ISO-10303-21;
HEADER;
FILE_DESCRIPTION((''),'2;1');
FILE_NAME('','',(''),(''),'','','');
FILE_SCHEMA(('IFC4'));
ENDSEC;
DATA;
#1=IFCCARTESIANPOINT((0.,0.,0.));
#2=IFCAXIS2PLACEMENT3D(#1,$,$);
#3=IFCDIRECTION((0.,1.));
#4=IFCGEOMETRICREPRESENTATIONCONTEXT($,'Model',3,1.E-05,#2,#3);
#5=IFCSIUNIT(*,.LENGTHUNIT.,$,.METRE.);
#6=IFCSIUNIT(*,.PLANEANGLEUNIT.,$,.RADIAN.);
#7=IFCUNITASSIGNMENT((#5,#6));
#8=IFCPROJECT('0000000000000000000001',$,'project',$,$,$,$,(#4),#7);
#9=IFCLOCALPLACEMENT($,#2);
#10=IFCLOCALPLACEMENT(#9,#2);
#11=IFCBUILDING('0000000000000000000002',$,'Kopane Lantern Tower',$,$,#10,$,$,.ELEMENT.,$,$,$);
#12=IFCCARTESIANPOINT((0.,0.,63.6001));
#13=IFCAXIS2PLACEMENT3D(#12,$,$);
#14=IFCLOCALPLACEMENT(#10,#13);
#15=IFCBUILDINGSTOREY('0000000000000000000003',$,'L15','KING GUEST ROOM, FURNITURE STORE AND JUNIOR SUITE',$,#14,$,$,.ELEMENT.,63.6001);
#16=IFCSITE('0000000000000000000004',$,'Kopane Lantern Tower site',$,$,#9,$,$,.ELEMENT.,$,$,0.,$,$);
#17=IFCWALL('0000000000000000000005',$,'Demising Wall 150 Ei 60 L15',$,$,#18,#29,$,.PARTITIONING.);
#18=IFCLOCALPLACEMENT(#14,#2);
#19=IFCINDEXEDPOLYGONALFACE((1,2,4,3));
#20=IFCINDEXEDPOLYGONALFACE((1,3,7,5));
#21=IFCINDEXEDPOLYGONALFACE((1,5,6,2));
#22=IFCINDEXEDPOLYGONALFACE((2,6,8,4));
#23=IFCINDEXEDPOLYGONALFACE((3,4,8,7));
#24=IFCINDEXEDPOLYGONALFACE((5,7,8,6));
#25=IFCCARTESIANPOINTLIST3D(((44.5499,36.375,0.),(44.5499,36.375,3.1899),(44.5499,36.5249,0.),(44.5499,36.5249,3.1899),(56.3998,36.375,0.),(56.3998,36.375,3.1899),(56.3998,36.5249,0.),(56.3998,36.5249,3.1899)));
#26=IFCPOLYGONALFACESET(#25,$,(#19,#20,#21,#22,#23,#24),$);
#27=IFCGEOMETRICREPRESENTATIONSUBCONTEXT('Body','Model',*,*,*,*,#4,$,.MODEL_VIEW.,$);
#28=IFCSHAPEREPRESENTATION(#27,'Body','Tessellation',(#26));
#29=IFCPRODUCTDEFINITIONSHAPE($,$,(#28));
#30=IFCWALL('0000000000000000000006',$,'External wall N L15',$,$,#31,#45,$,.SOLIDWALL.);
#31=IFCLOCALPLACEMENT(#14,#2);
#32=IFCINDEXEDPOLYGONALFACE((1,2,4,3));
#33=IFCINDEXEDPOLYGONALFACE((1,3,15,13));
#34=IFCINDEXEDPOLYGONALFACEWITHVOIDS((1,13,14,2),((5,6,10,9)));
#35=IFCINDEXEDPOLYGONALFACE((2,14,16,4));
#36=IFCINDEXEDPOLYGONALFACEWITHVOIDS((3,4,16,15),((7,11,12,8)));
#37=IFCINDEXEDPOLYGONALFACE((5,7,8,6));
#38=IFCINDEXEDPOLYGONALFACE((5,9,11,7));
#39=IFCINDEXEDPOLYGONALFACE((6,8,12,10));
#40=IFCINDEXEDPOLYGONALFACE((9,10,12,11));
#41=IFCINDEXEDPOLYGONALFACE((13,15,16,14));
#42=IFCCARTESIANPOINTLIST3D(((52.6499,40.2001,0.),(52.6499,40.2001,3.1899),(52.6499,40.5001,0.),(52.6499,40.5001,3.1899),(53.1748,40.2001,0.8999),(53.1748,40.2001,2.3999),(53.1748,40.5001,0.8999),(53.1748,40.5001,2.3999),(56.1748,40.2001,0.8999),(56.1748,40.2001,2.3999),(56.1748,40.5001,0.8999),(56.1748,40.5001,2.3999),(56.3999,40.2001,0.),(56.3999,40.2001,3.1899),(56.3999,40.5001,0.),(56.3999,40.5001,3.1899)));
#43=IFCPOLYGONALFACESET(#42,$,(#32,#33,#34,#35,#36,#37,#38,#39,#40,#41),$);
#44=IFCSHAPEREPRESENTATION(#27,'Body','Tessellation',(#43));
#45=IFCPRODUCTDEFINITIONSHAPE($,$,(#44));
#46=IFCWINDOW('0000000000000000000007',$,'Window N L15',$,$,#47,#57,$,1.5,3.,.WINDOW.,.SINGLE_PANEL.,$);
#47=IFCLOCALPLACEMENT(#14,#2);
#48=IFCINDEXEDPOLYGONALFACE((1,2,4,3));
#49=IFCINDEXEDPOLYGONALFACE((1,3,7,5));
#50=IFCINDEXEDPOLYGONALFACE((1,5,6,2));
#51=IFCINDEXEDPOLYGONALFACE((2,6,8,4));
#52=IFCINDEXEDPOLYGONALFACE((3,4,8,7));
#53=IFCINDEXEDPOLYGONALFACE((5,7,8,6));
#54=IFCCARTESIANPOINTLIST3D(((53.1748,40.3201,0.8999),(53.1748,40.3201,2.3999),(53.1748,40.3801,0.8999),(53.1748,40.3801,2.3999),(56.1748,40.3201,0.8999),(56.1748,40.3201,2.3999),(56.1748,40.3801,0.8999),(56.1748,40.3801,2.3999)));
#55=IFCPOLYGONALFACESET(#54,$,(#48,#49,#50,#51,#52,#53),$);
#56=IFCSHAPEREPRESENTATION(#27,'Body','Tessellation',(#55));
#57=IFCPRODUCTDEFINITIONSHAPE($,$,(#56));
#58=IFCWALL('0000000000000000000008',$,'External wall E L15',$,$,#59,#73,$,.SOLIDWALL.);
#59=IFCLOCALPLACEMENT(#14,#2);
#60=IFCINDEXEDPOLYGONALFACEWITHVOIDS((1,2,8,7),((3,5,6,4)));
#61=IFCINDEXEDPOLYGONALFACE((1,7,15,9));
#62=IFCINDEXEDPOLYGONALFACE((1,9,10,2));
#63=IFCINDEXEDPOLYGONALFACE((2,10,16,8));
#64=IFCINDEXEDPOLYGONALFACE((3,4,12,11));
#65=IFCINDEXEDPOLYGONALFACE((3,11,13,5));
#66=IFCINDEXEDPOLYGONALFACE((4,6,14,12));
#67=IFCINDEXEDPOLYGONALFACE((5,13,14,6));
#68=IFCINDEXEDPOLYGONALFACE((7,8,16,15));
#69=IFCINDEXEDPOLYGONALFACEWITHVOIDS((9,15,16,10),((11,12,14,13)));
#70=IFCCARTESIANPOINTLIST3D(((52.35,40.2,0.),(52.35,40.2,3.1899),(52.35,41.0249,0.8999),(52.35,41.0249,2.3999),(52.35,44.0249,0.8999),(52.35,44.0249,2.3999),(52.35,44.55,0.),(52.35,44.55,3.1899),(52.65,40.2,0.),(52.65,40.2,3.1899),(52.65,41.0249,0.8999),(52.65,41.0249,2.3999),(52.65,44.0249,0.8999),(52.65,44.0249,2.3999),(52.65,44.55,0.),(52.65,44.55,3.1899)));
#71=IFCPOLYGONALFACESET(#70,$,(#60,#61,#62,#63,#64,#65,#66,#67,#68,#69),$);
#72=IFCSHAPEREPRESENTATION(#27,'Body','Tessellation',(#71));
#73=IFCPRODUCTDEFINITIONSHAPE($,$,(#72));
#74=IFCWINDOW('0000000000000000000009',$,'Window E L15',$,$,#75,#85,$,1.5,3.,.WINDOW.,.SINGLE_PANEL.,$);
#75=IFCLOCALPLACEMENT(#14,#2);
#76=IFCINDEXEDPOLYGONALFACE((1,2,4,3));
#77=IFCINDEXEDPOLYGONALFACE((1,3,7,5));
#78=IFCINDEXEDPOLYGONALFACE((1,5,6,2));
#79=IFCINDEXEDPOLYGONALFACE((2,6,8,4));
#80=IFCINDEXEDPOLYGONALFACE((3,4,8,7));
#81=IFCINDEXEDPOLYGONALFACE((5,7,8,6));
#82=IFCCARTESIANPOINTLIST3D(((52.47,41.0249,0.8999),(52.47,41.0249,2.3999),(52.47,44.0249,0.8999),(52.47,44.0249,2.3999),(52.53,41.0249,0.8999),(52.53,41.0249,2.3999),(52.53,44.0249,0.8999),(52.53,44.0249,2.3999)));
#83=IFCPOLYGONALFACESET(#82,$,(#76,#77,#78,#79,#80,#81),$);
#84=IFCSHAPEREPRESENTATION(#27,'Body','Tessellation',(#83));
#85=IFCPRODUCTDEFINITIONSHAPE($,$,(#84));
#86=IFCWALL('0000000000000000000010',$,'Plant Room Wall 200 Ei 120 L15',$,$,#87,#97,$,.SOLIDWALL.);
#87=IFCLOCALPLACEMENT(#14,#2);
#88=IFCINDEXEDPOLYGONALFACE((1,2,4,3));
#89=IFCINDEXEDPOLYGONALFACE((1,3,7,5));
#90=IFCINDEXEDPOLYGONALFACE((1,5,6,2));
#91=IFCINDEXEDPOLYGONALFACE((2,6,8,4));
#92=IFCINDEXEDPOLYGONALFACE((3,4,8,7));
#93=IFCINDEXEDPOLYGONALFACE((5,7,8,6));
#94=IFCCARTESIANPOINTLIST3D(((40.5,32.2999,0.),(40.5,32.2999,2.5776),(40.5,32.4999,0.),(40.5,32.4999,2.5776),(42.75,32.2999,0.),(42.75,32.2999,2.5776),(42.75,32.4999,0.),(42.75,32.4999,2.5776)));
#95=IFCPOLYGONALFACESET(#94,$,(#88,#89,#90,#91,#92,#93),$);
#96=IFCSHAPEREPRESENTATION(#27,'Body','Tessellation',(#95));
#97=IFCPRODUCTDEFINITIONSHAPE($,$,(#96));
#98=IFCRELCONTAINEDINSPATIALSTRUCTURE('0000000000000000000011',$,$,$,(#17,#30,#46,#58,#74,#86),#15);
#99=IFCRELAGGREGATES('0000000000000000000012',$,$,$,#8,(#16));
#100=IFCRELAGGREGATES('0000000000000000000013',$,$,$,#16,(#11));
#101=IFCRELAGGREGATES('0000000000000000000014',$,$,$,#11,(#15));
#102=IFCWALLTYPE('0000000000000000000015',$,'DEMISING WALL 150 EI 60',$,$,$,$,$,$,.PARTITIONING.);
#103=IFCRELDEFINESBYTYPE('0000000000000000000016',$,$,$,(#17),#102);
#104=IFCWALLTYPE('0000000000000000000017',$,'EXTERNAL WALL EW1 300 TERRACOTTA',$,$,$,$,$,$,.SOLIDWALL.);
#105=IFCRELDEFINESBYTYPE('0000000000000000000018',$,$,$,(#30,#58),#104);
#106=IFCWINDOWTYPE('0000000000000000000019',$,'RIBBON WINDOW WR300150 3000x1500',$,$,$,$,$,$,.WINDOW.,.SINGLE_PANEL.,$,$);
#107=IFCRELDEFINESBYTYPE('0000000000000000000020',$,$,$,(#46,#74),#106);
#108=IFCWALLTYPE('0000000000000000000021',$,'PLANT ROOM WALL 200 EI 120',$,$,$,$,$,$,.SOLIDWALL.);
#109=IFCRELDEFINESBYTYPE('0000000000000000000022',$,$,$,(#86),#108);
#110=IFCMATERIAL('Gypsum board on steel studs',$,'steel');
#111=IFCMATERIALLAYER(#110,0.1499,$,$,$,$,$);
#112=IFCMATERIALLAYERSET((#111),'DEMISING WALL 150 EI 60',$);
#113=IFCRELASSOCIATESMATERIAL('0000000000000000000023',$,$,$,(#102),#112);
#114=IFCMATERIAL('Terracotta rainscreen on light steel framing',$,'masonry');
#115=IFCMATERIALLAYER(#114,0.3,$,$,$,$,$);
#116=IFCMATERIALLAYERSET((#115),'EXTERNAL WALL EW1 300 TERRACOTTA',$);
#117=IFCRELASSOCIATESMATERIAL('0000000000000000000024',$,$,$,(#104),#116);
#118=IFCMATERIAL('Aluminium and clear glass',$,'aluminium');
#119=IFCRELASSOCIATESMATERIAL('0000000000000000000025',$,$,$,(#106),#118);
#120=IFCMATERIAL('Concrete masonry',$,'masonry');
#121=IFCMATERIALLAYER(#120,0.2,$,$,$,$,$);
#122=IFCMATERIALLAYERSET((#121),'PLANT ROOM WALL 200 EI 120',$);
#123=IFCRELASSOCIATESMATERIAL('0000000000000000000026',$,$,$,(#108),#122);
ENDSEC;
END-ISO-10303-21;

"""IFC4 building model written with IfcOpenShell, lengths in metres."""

from ifc_helpers import new_model, si_unit, direction, frame, frame_2d, origin, place, context, subcontext, project, spatial, rectangle, extrude, material, layer, layer_set, type_object, element, fill, save


model = new_model("IFC4")

# Units and contexts
model_context = context("Model", 3, precision=1e-05, world=origin(), true_north=direction((0.0, 1.0)))
body_context = subcontext(model_context, "Body", "Model", "MODEL_VIEW")
ifc_project = project(units=[si_unit("LENGTHUNIT", "METRE"), si_unit("PLANEANGLEUNIT", "RADIAN")], contexts=[model_context])

# Site, building, storey
site_placement = place(None, origin())
site = spatial("IfcSite", under=ifc_project, at=site_placement, Name="Kopane Lantern Tower site", CompositionType="ELEMENT", RefElevation=0.0)
building_placement = place(site_placement, origin())
building = spatial("IfcBuilding", under=site, at=building_placement, Name="Kopane Lantern Tower", CompositionType="ELEMENT")
storey_placement = place(building_placement, frame((0.0, 0.0, 63.6001)))
storey = spatial("IfcBuildingStorey", under=building, at=storey_placement, Name="L15", Description="KING GUEST ROOM, FURNITURE STORE AND JUNIOR SUITE", CompositionType="ELEMENT", Elevation=63.6001)

# Wall
ifc_material_1 = material(Name="Gypsum board on steel studs", Category="steel")
ifc_layer_1 = layer(ifc_material_1, 0.1499)
ifc_layer_set_1 = layer_set([ifc_layer_1], Name="DEMISING WALL 150 EI 60")
wall_type_1 = type_object("IfcWallType", Name="DEMISING WALL 150 EI 60", PredefinedType="PARTITIONING", material=ifc_layer_set_1)
for number, where, z_axis, x_axis, name in (
    (1, (44.55, 36.45, 0.0), (0.0, 0.0, 1.0), (1.0, 0.0, 0.0), "Demising Wall 150 Ei 60 L15"),
):
    element("IfcWall", number, at=place(storey_placement, frame(where, z_axis=z_axis, x_axis=x_axis)), inside=storey, type_object=wall_type_1, Name=name, PredefinedType="PARTITIONING", context=body_context, shape_type="SweptSolid", body=[
        extrude(rectangle(XDim=11.8499, YDim=0.1499, at=frame_2d((5.9248, 0.0))), origin(), (0.0, 0.0, 1.0), 3.1899),
    ])

# Walls, openings, windows
ifc_material_2 = material(Name="Terracotta rainscreen on light steel framing", Category="masonry")
ifc_layer_2 = layer(ifc_material_2, 0.3)
ifc_layer_set_2 = layer_set([ifc_layer_2], Name="EXTERNAL WALL EW1 300 TERRACOTTA")
wall_type_2 = type_object("IfcWallType", Name="EXTERNAL WALL EW1 300 TERRACOTTA", PredefinedType="SOLIDWALL", material=ifc_layer_set_2)
wall_1_placement = place(storey_placement, frame((56.3999, 40.3501, 0.0), z_axis=(0.0, 0.0, 1.0), x_axis=(-1.0, 0.0, 0.0)))
wall_1 = element("IfcWall", 2, at=wall_1_placement, inside=storey, type_object=wall_type_2, Name="External wall N L15", PredefinedType="SOLIDWALL", context=body_context, shape_type="SweptSolid", body=[
    extrude(rectangle(XDim=3.75, YDim=0.3, at=frame_2d((1.875, 0.0))), origin(), (0.0, 0.0, 1.0), 3.1899),
])
opening_1_placement = place(wall_1_placement, frame((0.2251, 0.0, 0.8999)))
opening_1 = element("IfcOpeningElement", 3, at=opening_1_placement, cuts=wall_1, PredefinedType="OPENING", context=body_context, shape_type="SweptSolid", body=[
    extrude(rectangle(XDim=3.0, YDim=1.5, at=frame_2d((1.5, 0.75))), frame((0.0, 0.1599, 0.0), z_axis=(0.0, -1.0, 0.0), x_axis=(1.0, 0.0, 0.0)), (0.0, 0.0, 1.0), 0.3201),
])
ifc_material_3 = material(Name="Aluminium and clear glass", Category="aluminium")
window_type = type_object("IfcWindowType", Name="RIBBON WINDOW WR300150 3000x1500", PartitioningType="SINGLE_PANEL", PredefinedType="WINDOW", material=ifc_material_3)
window_1_placement = place(opening_1_placement, origin())
window_1 = element("IfcWindow", 4, at=window_1_placement, inside=storey, type_object=window_type, Name="Window N L15", OverallHeight=1.5, OverallWidth=3.0, PartitioningType="SINGLE_PANEL", PredefinedType="WINDOW", context=body_context, shape_type="SweptSolid", body=[
    extrude(rectangle(XDim=3.0, YDim=1.5, at=frame_2d((1.5, 0.75))), frame((0.0, 0.03, 0.0), z_axis=(0.0, -1.0, 0.0), x_axis=(1.0, 0.0, 0.0)), (0.0, 0.0, 1.0), 0.0601),
])
fill(opening_1, window_1)
wall_2_placement = place(storey_placement, frame((52.5, 40.2, 0.0), z_axis=(0.0, 0.0, 1.0), x_axis=(0.0, 1.0, 0.0)))
wall_2 = element("IfcWall", 5, at=wall_2_placement, inside=storey, type_object=wall_type_2, Name="External wall E L15", PredefinedType="SOLIDWALL", context=body_context, shape_type="SweptSolid", body=[
    extrude(rectangle(XDim=4.3501, YDim=0.3, at=frame_2d((2.175, 0.0))), origin(), (0.0, 0.0, 1.0), 3.1899),
])
opening_2_placement = place(wall_2_placement, frame((0.825, 0.0, 0.8999)))
opening_2 = element("IfcOpeningElement", 6, at=opening_2_placement, cuts=wall_2, PredefinedType="OPENING", context=body_context, shape_type="SweptSolid", body=[
    extrude(rectangle(XDim=3.0, YDim=1.5, at=frame_2d((1.5, 0.75))), frame((0.0, 0.1599, 0.0), z_axis=(0.0, -1.0, 0.0), x_axis=(1.0, 0.0, 0.0)), (0.0, 0.0, 1.0), 0.3201),
])
window_2_placement = place(opening_2_placement, origin())
window_2 = element("IfcWindow", 7, at=window_2_placement, inside=storey, type_object=window_type, Name="Window E L15", OverallHeight=1.5, OverallWidth=3.0, PartitioningType="SINGLE_PANEL", PredefinedType="WINDOW", context=body_context, shape_type="SweptSolid", body=[
    extrude(rectangle(XDim=3.0, YDim=1.5, at=frame_2d((1.5, 0.75))), frame((0.0, 0.03, 0.0), z_axis=(0.0, -1.0, 0.0), x_axis=(1.0, 0.0, 0.0)), (0.0, 0.0, 1.0), 0.0601),
])
fill(opening_2, window_2)

# Wall
ifc_material_4 = material(Name="Concrete masonry", Category="masonry")
ifc_layer_3 = layer(ifc_material_4, 0.2)
ifc_layer_set_3 = layer_set([ifc_layer_3], Name="PLANT ROOM WALL 200 EI 120")
wall_type_3 = type_object("IfcWallType", Name="PLANT ROOM WALL 200 EI 120", PredefinedType="SOLIDWALL", material=ifc_layer_set_3)
wall_3_placement = place(storey_placement, frame((40.5, 32.3999, 0.0), z_axis=(0.0, 0.0, 1.0), x_axis=(1.0, 0.0, 0.0)))
element("IfcWall", 8, at=wall_3_placement, inside=storey, type_object=wall_type_3, Name="Plant Room Wall 200 Ei 120 L15", PredefinedType="SOLIDWALL", context=body_context, shape_type="SweptSolid", body=[
    extrude(rectangle(XDim=2.25, YDim=0.2, at=frame_2d((1.125, 0.0))), origin(), (0.0, 0.0, 1.0), 2.5776),
])

save(model, "model.ifc")
